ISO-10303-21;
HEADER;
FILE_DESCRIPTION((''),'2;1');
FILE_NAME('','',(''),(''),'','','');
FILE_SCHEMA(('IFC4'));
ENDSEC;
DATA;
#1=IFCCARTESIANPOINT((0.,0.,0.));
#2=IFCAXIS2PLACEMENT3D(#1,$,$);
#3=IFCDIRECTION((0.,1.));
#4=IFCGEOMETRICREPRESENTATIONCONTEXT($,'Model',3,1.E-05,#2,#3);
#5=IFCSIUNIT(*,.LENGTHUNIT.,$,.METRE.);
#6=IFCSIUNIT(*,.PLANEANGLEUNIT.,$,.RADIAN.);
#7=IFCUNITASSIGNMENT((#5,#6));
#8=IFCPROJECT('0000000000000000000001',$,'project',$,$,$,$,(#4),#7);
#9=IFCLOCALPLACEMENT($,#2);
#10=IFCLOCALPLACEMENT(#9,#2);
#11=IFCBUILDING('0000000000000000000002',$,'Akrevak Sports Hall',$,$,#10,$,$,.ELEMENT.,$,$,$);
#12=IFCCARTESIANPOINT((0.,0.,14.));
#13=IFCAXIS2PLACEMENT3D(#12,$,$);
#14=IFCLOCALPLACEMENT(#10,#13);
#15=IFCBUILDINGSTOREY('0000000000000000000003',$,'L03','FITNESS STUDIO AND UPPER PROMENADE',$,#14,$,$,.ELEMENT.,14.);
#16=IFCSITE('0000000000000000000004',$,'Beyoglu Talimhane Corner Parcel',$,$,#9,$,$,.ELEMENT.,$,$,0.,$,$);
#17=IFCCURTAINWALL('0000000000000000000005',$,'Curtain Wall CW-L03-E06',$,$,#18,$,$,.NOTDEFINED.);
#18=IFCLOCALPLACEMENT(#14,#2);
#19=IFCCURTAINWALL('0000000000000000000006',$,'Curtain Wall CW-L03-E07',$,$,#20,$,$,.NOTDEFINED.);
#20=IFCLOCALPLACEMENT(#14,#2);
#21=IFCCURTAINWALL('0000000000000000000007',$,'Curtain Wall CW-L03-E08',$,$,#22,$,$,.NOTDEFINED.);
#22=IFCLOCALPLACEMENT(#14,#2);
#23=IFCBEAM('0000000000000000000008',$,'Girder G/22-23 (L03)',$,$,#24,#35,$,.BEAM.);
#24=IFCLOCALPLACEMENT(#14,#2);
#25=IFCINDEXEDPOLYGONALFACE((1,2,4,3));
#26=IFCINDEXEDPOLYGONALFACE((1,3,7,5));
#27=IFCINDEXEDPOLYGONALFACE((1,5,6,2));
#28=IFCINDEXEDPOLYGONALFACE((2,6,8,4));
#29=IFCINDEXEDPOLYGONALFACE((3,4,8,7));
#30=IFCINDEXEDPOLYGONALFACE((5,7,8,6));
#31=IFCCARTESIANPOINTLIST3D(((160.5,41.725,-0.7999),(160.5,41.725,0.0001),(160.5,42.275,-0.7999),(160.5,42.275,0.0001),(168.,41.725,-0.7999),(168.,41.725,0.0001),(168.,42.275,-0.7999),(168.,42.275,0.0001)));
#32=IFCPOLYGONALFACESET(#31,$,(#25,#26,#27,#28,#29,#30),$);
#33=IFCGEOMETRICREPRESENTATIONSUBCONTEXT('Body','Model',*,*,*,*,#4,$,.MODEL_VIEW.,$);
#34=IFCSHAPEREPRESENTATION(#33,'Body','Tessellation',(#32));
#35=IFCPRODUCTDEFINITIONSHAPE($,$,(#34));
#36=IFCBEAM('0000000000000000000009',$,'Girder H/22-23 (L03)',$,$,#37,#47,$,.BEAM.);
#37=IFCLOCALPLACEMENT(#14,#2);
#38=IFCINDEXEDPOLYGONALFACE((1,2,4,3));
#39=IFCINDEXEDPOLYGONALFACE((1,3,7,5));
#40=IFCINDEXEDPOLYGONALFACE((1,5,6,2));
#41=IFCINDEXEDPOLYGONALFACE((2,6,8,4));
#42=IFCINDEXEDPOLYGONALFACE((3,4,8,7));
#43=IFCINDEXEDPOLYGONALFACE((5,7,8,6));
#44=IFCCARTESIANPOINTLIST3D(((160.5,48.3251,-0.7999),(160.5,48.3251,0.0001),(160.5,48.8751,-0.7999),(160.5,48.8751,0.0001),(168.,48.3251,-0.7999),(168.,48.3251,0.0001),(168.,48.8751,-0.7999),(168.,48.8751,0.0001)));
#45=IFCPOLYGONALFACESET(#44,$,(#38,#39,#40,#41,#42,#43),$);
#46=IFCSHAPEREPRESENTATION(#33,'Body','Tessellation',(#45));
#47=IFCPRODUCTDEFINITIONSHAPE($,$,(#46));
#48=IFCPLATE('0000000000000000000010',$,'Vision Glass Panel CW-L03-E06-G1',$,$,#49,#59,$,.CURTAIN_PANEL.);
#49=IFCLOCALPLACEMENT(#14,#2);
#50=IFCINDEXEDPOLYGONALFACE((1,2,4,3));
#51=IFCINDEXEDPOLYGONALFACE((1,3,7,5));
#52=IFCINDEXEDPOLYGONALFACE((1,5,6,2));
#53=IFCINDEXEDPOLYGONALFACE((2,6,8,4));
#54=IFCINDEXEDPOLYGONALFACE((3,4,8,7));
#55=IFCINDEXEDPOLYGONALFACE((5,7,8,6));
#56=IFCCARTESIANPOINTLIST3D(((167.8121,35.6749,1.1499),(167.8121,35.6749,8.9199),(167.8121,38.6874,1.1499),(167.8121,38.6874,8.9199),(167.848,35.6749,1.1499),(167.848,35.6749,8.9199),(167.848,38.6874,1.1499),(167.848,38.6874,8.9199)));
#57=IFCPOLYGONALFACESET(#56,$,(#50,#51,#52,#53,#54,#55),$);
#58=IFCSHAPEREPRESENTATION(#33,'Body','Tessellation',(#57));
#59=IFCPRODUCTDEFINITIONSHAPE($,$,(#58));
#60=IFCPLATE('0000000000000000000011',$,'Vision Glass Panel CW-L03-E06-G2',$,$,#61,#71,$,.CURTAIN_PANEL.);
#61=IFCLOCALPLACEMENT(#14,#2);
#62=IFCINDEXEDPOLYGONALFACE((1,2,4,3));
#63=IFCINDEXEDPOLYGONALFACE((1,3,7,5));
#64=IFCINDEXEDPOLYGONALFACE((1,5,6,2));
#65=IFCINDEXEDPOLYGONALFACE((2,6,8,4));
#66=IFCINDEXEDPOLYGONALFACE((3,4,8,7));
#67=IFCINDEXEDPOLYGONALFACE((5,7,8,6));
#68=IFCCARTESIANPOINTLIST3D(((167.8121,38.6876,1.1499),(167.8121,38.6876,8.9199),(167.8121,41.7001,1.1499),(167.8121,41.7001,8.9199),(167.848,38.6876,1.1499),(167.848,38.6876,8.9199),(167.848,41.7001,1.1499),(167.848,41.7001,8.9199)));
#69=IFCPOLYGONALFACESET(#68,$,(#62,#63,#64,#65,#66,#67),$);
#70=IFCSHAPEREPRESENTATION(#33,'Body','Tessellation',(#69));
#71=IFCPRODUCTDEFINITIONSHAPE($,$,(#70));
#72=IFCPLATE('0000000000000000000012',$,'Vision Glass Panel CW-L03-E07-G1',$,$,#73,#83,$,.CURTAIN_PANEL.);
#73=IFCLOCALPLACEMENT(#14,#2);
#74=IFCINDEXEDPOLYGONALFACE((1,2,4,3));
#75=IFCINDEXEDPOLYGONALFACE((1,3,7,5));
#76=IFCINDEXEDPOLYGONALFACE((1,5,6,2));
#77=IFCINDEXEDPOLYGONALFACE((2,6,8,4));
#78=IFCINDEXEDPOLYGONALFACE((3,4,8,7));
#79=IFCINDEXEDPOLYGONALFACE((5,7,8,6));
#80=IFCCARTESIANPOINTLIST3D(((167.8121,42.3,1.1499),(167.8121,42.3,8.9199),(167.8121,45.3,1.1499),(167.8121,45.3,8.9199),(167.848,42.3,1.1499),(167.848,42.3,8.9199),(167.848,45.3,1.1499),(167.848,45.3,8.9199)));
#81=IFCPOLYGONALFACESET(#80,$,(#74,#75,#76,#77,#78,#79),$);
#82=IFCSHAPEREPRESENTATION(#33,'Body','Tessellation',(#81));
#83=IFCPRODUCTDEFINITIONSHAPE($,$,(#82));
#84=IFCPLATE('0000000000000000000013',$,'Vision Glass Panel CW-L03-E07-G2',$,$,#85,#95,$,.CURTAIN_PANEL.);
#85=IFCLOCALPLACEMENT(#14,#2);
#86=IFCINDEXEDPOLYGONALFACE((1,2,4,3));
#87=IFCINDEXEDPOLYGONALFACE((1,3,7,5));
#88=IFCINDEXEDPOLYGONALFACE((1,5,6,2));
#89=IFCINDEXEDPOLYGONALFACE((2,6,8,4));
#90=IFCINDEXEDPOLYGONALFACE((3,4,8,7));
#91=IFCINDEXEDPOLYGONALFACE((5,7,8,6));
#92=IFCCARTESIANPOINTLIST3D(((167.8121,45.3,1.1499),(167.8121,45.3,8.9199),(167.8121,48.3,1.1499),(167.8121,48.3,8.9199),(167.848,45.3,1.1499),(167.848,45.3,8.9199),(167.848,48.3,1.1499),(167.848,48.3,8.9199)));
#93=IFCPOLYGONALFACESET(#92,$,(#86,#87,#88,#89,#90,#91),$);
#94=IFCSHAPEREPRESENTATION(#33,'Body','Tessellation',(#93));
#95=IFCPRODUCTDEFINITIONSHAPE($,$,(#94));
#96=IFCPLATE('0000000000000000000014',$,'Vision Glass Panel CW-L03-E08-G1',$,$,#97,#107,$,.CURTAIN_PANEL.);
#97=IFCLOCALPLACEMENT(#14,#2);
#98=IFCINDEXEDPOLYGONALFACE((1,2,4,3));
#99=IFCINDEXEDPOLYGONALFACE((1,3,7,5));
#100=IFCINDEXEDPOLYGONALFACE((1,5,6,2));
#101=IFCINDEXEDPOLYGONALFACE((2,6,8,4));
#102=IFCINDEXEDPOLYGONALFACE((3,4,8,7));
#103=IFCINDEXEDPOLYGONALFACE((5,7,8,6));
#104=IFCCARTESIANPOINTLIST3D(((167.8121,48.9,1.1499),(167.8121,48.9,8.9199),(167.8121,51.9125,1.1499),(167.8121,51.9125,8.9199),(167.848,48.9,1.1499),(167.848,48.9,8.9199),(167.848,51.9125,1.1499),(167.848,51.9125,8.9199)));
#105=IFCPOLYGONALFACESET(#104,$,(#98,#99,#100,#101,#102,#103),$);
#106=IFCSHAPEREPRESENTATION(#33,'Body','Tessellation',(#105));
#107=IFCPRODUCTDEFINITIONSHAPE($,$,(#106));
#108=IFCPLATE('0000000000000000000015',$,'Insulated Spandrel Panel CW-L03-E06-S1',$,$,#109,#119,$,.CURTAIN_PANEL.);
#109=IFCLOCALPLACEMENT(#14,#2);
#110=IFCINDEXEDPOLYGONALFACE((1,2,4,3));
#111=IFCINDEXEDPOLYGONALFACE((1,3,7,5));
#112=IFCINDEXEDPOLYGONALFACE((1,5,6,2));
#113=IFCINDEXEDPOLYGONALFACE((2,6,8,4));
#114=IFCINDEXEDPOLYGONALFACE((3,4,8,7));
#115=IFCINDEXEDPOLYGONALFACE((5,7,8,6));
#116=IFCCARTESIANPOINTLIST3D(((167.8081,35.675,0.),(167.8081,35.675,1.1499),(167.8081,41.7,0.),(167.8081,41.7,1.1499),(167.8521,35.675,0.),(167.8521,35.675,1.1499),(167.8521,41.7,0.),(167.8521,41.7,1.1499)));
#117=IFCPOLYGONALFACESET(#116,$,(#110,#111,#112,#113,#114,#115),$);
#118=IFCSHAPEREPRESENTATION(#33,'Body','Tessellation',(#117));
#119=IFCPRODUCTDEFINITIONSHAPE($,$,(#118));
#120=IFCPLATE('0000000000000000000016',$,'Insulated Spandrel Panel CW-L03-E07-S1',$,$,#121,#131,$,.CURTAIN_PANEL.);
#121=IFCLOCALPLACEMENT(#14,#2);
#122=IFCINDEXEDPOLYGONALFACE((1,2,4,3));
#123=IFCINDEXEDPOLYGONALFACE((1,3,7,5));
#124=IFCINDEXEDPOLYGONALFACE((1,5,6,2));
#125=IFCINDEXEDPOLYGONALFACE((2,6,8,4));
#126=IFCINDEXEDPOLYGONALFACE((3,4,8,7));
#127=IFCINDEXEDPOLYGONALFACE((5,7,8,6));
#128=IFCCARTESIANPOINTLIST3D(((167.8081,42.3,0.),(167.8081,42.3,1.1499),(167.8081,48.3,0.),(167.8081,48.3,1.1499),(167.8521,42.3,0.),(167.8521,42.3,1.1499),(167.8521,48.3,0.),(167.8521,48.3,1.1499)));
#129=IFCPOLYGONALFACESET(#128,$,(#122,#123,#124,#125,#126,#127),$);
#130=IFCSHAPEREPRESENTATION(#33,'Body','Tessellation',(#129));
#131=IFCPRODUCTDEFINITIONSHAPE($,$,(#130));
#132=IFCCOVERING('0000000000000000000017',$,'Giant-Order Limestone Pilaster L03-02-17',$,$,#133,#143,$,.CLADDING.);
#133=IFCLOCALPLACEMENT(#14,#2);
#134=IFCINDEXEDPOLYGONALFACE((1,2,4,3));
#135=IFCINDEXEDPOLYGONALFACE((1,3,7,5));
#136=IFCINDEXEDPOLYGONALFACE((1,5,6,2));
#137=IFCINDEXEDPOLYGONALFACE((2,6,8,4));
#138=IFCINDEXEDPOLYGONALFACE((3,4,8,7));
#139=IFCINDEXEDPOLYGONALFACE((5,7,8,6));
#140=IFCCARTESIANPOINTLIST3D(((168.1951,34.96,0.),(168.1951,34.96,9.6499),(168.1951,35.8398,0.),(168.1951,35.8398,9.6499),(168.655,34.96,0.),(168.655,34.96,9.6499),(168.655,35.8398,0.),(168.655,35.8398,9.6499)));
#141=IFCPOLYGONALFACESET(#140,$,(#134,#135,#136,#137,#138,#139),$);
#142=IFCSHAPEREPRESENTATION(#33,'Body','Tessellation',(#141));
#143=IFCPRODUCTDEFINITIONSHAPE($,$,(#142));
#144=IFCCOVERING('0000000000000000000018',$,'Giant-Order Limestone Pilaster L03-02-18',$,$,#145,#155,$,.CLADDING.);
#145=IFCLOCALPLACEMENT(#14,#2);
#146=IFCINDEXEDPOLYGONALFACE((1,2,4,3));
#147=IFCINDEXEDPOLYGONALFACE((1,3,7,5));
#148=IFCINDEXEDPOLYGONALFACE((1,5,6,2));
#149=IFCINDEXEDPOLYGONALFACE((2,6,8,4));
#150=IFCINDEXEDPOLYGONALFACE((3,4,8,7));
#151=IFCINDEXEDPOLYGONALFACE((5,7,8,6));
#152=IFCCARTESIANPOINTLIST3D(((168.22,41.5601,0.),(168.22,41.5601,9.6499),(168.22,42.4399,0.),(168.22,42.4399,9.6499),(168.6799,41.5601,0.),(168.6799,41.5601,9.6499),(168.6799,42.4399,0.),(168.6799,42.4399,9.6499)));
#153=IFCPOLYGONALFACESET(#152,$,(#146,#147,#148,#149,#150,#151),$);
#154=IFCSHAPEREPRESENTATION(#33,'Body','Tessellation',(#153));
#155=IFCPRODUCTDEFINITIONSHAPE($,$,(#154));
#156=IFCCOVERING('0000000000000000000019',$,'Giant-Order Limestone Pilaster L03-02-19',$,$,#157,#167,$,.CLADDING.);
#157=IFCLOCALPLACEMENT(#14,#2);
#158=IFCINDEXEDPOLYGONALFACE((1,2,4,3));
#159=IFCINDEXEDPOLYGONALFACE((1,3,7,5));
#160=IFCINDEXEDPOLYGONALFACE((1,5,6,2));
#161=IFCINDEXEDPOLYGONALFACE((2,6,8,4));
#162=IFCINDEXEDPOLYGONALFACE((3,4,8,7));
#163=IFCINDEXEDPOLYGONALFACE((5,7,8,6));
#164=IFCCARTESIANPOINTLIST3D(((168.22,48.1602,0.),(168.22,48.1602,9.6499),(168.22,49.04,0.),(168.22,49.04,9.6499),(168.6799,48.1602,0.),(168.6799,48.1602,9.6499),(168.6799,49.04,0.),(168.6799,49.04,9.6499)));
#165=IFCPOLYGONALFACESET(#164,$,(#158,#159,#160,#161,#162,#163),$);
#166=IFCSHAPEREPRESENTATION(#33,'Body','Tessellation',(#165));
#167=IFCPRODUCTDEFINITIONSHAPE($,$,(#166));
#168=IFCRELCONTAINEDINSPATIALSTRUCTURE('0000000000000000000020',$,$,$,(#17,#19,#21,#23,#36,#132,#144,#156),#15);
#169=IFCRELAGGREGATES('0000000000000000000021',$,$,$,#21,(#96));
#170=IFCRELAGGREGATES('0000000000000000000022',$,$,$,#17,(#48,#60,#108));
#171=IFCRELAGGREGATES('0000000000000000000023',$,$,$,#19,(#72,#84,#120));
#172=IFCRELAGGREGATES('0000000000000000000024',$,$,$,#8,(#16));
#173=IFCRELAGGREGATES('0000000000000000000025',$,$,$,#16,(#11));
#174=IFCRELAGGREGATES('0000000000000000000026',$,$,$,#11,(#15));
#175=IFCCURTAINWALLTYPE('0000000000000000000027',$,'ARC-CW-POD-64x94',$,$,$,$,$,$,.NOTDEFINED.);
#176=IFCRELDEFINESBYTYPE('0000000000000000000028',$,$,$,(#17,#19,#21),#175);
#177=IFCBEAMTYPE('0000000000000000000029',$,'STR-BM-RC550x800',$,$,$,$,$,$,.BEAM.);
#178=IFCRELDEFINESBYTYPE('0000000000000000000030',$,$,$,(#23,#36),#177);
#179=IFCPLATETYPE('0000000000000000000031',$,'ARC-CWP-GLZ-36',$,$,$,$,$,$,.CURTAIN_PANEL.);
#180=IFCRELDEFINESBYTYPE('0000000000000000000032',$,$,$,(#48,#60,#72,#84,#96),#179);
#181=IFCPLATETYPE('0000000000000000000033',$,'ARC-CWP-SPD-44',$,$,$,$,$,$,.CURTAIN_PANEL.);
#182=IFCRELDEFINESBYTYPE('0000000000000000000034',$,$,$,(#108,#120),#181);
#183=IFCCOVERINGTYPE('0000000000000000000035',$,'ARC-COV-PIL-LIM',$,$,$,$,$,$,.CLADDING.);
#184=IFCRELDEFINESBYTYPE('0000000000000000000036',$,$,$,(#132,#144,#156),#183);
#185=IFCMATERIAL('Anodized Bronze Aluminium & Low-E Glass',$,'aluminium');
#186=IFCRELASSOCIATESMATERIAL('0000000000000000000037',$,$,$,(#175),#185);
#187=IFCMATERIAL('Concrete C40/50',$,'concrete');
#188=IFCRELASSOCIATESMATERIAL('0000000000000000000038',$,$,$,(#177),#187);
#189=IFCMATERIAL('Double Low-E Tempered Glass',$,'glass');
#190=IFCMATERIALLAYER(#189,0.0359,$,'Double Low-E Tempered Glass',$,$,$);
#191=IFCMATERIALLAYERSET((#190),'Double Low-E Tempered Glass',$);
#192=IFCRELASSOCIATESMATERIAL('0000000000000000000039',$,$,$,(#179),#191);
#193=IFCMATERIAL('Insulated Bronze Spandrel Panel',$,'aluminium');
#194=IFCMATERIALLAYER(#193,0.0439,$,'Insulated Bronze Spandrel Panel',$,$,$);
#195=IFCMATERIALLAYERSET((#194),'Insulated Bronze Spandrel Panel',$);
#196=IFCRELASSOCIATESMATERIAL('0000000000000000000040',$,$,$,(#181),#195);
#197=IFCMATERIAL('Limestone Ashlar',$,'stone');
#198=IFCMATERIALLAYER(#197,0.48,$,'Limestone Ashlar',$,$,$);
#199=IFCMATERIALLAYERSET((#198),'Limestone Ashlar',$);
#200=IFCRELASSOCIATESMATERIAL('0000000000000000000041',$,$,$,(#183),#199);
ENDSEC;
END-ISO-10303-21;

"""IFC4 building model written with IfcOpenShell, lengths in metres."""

from ifc_helpers import new_model, si_unit, direction, frame, origin, origin_2d, place, context, subcontext, project, spatial, rectangle, extrude, material, layer, layer_set, material_profile, profile_set, type_object, element, aggregate, save


model = new_model("IFC4")

# Units and contexts
model_context = context("Model", 3, precision=1e-05, world=origin(), true_north=direction((0.0, 1.0)))
body_context = subcontext(model_context, "Body", "Model", "MODEL_VIEW")
ifc_project = project(units=[si_unit("LENGTHUNIT", "METRE"), si_unit("PLANEANGLEUNIT", "RADIAN")], contexts=[model_context])

# Site, building, storey
site_placement = place(None, origin())
site = spatial("IfcSite", under=ifc_project, at=site_placement, Name="Beyoglu Talimhane Corner Parcel", CompositionType="ELEMENT", RefElevation=0.0)
building_placement = place(site_placement, origin())
building = spatial("IfcBuilding", under=site, at=building_placement, Name="Akrevak Sports Hall", CompositionType="ELEMENT")
storey_placement = place(building_placement, frame((0.0, 0.0, 14.0)))
storey = spatial("IfcBuildingStorey", under=building, at=storey_placement, Name="L03", Description="FITNESS STUDIO AND UPPER PROMENADE", CompositionType="ELEMENT", Elevation=14.0)

# Shared definitions
ifc_material_1 = material(Name="Concrete C40/50", Category="concrete")

# Curtain walls
ifc_material_2 = material(Name="Anodized Bronze Aluminium & Low-E Glass", Category="aluminium")
curtain_wall_type = type_object("IfcCurtainWallType", Name="ARC-CW-POD-64x94", PredefinedType="NOTDEFINED", material=ifc_material_2)
curtain_wall_1_placement = place(storey_placement, origin())
curtain_wall_1 = element("IfcCurtainWall", 1, at=curtain_wall_1_placement, inside=storey, type_object=curtain_wall_type, Name="Curtain Wall CW-L03-E06", PredefinedType="NOTDEFINED")
curtain_wall_2_placement = place(storey_placement, origin())
curtain_wall_2 = element("IfcCurtainWall", 2, at=curtain_wall_2_placement, inside=storey, type_object=curtain_wall_type, Name="Curtain Wall CW-L03-E07", PredefinedType="NOTDEFINED")
curtain_wall_3_placement = place(storey_placement, origin())
curtain_wall_3 = element("IfcCurtainWall", 3, at=curtain_wall_3_placement, inside=storey, type_object=curtain_wall_type, Name="Curtain Wall CW-L03-E08", PredefinedType="NOTDEFINED")

# Beams
ifc_material_profile_1 = material_profile(ifc_material_1, rectangle(XDim=0.55, YDim=0.8, at=origin_2d()), Name="BM 550x800", Category="concrete")
ifc_profile_set_1 = profile_set([ifc_material_profile_1], Name="Concrete C40/50")
beam_type_1 = type_object("IfcBeamType", Name="STR-BM-RC550x800", PredefinedType="BEAM", material=ifc_profile_set_1)
for number, where, z_axis, x_axis, name in (
    (4, (160.5, 42.0, -0.3999), (1.0, 0.0, 0.0), (0.0, 1.0, 0.0), "Girder G/22-23 (L03)"),
    (5, (160.5, 48.6001, -0.3999), (1.0, 0.0, 0.0), (0.0, 1.0, 0.0), "Girder H/22-23 (L03)"),
):
    element("IfcBeam", number, at=place(storey_placement, frame(where, z_axis=z_axis, x_axis=x_axis)), inside=storey, type_object=beam_type_1, Name=name, PredefinedType="BEAM", context=body_context, shape_type="SweptSolid", body=[
        extrude(rectangle(XDim=0.55, YDim=0.8, at=origin_2d()), origin(), (0.0, 0.0, 1.0), 7.5),
    ])

# Plates
ifc_material_3 = material(Name="Double Low-E Tempered Glass", Category="glass")
ifc_layer_1 = layer(ifc_material_3, 0.0359, Name="Double Low-E Tempered Glass")
ifc_layer_set_1 = layer_set([ifc_layer_1], Name="Double Low-E Tempered Glass")
plate_type_1 = type_object("IfcPlateType", Name="ARC-CWP-GLZ-36", PredefinedType="CURTAIN_PANEL", material=ifc_layer_set_1)
plate_1_placement = place(storey_placement, frame((167.8301, 37.1812, 1.1499), z_axis=(0.0, 0.0, 1.0), x_axis=(0.0, 1.0, 0.0)))
plate_1 = element("IfcPlate", 6, at=plate_1_placement, type_object=plate_type_1, Name="Vision Glass Panel CW-L03-E06-G1", PredefinedType="CURTAIN_PANEL", context=body_context, shape_type="SweptSolid", body=[
    extrude(rectangle(XDim=3.0125, YDim=0.0359, at=origin_2d()), origin(), (0.0, 0.0, 1.0), 7.77),
])
plate_2_placement = place(storey_placement, frame((167.8301, 40.1938, 1.1499), z_axis=(0.0, 0.0, 1.0), x_axis=(0.0, 1.0, 0.0)))
plate_2 = element("IfcPlate", 7, at=plate_2_placement, type_object=plate_type_1, Name="Vision Glass Panel CW-L03-E06-G2", PredefinedType="CURTAIN_PANEL", context=body_context, shape_type="SweptSolid", body=[
    extrude(rectangle(XDim=3.0125, YDim=0.0359, at=origin_2d()), origin(), (0.0, 0.0, 1.0), 7.77),
])
plate_3_placement = place(storey_placement, frame((167.8301, 43.8, 1.1499), z_axis=(0.0, 0.0, 1.0), x_axis=(0.0, 1.0, 0.0)))
plate_3 = element("IfcPlate", 8, at=plate_3_placement, type_object=plate_type_1, Name="Vision Glass Panel CW-L03-E07-G1", PredefinedType="CURTAIN_PANEL", context=body_context, shape_type="SweptSolid", body=[
    extrude(rectangle(XDim=3.0, YDim=0.0359, at=origin_2d()), origin(), (0.0, 0.0, 1.0), 7.77),
])
plate_4_placement = place(storey_placement, frame((167.8301, 46.8, 1.1499), z_axis=(0.0, 0.0, 1.0), x_axis=(0.0, 1.0, 0.0)))
plate_4 = element("IfcPlate", 9, at=plate_4_placement, type_object=plate_type_1, Name="Vision Glass Panel CW-L03-E07-G2", PredefinedType="CURTAIN_PANEL", context=body_context, shape_type="SweptSolid", body=[
    extrude(rectangle(XDim=3.0, YDim=0.0359, at=origin_2d()), origin(), (0.0, 0.0, 1.0), 7.77),
])
plate_5_placement = place(storey_placement, frame((167.8301, 50.4062, 1.1499), z_axis=(0.0, 0.0, 1.0), x_axis=(0.0, 1.0, 0.0)))
plate_5 = element("IfcPlate", 10, at=plate_5_placement, type_object=plate_type_1, Name="Vision Glass Panel CW-L03-E08-G1", PredefinedType="CURTAIN_PANEL", context=body_context, shape_type="SweptSolid", body=[
    extrude(rectangle(XDim=3.0125, YDim=0.0359, at=origin_2d()), origin(), (0.0, 0.0, 1.0), 7.77),
])
aggregate(curtain_wall_3, [plate_5])
ifc_material_4 = material(Name="Insulated Bronze Spandrel Panel", Category="aluminium")
ifc_layer_2 = layer(ifc_material_4, 0.0439, Name="Insulated Bronze Spandrel Panel")
ifc_layer_set_2 = layer_set([ifc_layer_2], Name="Insulated Bronze Spandrel Panel")
plate_type_2 = type_object("IfcPlateType", Name="ARC-CWP-SPD-44", PredefinedType="CURTAIN_PANEL", material=ifc_layer_set_2)
plate_6_placement = place(storey_placement, frame((167.8301, 38.6875, 0.0), z_axis=(0.0, 0.0, 1.0), x_axis=(0.0, 1.0, 0.0)))
plate_6 = element("IfcPlate", 11, at=plate_6_placement, type_object=plate_type_2, Name="Insulated Spandrel Panel CW-L03-E06-S1", PredefinedType="CURTAIN_PANEL", context=body_context, shape_type="SweptSolid", body=[
    extrude(rectangle(XDim=6.0249, YDim=0.0439, at=origin_2d()), origin(), (0.0, 0.0, 1.0), 1.1499),
])
aggregate(curtain_wall_1, [plate_1, plate_2, plate_6])
plate_7_placement = place(storey_placement, frame((167.8301, 45.3, 0.0), z_axis=(0.0, 0.0, 1.0), x_axis=(0.0, 1.0, 0.0)))
plate_7 = element("IfcPlate", 12, at=plate_7_placement, type_object=plate_type_2, Name="Insulated Spandrel Panel CW-L03-E07-S1", PredefinedType="CURTAIN_PANEL", context=body_context, shape_type="SweptSolid", body=[
    extrude(rectangle(XDim=6.0, YDim=0.0439, at=origin_2d()), origin(), (0.0, 0.0, 1.0), 1.1499),
])
aggregate(curtain_wall_2, [plate_3, plate_4, plate_7])

# Coverings
ifc_material_5 = material(Name="Limestone Ashlar", Category="stone")
ifc_layer_3 = layer(ifc_material_5, 0.48, Name="Limestone Ashlar")
ifc_layer_set_3 = layer_set([ifc_layer_3], Name="Limestone Ashlar")
covering_type = type_object("IfcCoveringType", Name="ARC-COV-PIL-LIM", PredefinedType="CLADDING", material=ifc_layer_set_3)
for number, where, z_axis, x_axis, name in (
    (13, (168.425, 35.3999, 0.0), (0.0, 0.0, 1.0), (0.0, 1.0, 0.0), "Giant-Order Limestone Pilaster L03-02-17"),
    (14, (168.45, 42.0, 0.0), (0.0, 0.0, 1.0), (0.0, 1.0, 0.0), "Giant-Order Limestone Pilaster L03-02-18"),
    (15, (168.45, 48.6001, 0.0), (0.0, 0.0, 1.0), (0.0, 1.0, 0.0), "Giant-Order Limestone Pilaster L03-02-19"),
):
    element("IfcCovering", number, at=place(storey_placement, frame(where, z_axis=z_axis, x_axis=x_axis)), inside=storey, type_object=covering_type, Name=name, PredefinedType="CLADDING", context=body_context, shape_type="SweptSolid", body=[
        extrude(rectangle(XDim=0.8799, YDim=0.46, at=origin_2d()), origin(), (0.0, 0.0, 1.0), 9.6499),
    ])

save(model, "model.ifc")
